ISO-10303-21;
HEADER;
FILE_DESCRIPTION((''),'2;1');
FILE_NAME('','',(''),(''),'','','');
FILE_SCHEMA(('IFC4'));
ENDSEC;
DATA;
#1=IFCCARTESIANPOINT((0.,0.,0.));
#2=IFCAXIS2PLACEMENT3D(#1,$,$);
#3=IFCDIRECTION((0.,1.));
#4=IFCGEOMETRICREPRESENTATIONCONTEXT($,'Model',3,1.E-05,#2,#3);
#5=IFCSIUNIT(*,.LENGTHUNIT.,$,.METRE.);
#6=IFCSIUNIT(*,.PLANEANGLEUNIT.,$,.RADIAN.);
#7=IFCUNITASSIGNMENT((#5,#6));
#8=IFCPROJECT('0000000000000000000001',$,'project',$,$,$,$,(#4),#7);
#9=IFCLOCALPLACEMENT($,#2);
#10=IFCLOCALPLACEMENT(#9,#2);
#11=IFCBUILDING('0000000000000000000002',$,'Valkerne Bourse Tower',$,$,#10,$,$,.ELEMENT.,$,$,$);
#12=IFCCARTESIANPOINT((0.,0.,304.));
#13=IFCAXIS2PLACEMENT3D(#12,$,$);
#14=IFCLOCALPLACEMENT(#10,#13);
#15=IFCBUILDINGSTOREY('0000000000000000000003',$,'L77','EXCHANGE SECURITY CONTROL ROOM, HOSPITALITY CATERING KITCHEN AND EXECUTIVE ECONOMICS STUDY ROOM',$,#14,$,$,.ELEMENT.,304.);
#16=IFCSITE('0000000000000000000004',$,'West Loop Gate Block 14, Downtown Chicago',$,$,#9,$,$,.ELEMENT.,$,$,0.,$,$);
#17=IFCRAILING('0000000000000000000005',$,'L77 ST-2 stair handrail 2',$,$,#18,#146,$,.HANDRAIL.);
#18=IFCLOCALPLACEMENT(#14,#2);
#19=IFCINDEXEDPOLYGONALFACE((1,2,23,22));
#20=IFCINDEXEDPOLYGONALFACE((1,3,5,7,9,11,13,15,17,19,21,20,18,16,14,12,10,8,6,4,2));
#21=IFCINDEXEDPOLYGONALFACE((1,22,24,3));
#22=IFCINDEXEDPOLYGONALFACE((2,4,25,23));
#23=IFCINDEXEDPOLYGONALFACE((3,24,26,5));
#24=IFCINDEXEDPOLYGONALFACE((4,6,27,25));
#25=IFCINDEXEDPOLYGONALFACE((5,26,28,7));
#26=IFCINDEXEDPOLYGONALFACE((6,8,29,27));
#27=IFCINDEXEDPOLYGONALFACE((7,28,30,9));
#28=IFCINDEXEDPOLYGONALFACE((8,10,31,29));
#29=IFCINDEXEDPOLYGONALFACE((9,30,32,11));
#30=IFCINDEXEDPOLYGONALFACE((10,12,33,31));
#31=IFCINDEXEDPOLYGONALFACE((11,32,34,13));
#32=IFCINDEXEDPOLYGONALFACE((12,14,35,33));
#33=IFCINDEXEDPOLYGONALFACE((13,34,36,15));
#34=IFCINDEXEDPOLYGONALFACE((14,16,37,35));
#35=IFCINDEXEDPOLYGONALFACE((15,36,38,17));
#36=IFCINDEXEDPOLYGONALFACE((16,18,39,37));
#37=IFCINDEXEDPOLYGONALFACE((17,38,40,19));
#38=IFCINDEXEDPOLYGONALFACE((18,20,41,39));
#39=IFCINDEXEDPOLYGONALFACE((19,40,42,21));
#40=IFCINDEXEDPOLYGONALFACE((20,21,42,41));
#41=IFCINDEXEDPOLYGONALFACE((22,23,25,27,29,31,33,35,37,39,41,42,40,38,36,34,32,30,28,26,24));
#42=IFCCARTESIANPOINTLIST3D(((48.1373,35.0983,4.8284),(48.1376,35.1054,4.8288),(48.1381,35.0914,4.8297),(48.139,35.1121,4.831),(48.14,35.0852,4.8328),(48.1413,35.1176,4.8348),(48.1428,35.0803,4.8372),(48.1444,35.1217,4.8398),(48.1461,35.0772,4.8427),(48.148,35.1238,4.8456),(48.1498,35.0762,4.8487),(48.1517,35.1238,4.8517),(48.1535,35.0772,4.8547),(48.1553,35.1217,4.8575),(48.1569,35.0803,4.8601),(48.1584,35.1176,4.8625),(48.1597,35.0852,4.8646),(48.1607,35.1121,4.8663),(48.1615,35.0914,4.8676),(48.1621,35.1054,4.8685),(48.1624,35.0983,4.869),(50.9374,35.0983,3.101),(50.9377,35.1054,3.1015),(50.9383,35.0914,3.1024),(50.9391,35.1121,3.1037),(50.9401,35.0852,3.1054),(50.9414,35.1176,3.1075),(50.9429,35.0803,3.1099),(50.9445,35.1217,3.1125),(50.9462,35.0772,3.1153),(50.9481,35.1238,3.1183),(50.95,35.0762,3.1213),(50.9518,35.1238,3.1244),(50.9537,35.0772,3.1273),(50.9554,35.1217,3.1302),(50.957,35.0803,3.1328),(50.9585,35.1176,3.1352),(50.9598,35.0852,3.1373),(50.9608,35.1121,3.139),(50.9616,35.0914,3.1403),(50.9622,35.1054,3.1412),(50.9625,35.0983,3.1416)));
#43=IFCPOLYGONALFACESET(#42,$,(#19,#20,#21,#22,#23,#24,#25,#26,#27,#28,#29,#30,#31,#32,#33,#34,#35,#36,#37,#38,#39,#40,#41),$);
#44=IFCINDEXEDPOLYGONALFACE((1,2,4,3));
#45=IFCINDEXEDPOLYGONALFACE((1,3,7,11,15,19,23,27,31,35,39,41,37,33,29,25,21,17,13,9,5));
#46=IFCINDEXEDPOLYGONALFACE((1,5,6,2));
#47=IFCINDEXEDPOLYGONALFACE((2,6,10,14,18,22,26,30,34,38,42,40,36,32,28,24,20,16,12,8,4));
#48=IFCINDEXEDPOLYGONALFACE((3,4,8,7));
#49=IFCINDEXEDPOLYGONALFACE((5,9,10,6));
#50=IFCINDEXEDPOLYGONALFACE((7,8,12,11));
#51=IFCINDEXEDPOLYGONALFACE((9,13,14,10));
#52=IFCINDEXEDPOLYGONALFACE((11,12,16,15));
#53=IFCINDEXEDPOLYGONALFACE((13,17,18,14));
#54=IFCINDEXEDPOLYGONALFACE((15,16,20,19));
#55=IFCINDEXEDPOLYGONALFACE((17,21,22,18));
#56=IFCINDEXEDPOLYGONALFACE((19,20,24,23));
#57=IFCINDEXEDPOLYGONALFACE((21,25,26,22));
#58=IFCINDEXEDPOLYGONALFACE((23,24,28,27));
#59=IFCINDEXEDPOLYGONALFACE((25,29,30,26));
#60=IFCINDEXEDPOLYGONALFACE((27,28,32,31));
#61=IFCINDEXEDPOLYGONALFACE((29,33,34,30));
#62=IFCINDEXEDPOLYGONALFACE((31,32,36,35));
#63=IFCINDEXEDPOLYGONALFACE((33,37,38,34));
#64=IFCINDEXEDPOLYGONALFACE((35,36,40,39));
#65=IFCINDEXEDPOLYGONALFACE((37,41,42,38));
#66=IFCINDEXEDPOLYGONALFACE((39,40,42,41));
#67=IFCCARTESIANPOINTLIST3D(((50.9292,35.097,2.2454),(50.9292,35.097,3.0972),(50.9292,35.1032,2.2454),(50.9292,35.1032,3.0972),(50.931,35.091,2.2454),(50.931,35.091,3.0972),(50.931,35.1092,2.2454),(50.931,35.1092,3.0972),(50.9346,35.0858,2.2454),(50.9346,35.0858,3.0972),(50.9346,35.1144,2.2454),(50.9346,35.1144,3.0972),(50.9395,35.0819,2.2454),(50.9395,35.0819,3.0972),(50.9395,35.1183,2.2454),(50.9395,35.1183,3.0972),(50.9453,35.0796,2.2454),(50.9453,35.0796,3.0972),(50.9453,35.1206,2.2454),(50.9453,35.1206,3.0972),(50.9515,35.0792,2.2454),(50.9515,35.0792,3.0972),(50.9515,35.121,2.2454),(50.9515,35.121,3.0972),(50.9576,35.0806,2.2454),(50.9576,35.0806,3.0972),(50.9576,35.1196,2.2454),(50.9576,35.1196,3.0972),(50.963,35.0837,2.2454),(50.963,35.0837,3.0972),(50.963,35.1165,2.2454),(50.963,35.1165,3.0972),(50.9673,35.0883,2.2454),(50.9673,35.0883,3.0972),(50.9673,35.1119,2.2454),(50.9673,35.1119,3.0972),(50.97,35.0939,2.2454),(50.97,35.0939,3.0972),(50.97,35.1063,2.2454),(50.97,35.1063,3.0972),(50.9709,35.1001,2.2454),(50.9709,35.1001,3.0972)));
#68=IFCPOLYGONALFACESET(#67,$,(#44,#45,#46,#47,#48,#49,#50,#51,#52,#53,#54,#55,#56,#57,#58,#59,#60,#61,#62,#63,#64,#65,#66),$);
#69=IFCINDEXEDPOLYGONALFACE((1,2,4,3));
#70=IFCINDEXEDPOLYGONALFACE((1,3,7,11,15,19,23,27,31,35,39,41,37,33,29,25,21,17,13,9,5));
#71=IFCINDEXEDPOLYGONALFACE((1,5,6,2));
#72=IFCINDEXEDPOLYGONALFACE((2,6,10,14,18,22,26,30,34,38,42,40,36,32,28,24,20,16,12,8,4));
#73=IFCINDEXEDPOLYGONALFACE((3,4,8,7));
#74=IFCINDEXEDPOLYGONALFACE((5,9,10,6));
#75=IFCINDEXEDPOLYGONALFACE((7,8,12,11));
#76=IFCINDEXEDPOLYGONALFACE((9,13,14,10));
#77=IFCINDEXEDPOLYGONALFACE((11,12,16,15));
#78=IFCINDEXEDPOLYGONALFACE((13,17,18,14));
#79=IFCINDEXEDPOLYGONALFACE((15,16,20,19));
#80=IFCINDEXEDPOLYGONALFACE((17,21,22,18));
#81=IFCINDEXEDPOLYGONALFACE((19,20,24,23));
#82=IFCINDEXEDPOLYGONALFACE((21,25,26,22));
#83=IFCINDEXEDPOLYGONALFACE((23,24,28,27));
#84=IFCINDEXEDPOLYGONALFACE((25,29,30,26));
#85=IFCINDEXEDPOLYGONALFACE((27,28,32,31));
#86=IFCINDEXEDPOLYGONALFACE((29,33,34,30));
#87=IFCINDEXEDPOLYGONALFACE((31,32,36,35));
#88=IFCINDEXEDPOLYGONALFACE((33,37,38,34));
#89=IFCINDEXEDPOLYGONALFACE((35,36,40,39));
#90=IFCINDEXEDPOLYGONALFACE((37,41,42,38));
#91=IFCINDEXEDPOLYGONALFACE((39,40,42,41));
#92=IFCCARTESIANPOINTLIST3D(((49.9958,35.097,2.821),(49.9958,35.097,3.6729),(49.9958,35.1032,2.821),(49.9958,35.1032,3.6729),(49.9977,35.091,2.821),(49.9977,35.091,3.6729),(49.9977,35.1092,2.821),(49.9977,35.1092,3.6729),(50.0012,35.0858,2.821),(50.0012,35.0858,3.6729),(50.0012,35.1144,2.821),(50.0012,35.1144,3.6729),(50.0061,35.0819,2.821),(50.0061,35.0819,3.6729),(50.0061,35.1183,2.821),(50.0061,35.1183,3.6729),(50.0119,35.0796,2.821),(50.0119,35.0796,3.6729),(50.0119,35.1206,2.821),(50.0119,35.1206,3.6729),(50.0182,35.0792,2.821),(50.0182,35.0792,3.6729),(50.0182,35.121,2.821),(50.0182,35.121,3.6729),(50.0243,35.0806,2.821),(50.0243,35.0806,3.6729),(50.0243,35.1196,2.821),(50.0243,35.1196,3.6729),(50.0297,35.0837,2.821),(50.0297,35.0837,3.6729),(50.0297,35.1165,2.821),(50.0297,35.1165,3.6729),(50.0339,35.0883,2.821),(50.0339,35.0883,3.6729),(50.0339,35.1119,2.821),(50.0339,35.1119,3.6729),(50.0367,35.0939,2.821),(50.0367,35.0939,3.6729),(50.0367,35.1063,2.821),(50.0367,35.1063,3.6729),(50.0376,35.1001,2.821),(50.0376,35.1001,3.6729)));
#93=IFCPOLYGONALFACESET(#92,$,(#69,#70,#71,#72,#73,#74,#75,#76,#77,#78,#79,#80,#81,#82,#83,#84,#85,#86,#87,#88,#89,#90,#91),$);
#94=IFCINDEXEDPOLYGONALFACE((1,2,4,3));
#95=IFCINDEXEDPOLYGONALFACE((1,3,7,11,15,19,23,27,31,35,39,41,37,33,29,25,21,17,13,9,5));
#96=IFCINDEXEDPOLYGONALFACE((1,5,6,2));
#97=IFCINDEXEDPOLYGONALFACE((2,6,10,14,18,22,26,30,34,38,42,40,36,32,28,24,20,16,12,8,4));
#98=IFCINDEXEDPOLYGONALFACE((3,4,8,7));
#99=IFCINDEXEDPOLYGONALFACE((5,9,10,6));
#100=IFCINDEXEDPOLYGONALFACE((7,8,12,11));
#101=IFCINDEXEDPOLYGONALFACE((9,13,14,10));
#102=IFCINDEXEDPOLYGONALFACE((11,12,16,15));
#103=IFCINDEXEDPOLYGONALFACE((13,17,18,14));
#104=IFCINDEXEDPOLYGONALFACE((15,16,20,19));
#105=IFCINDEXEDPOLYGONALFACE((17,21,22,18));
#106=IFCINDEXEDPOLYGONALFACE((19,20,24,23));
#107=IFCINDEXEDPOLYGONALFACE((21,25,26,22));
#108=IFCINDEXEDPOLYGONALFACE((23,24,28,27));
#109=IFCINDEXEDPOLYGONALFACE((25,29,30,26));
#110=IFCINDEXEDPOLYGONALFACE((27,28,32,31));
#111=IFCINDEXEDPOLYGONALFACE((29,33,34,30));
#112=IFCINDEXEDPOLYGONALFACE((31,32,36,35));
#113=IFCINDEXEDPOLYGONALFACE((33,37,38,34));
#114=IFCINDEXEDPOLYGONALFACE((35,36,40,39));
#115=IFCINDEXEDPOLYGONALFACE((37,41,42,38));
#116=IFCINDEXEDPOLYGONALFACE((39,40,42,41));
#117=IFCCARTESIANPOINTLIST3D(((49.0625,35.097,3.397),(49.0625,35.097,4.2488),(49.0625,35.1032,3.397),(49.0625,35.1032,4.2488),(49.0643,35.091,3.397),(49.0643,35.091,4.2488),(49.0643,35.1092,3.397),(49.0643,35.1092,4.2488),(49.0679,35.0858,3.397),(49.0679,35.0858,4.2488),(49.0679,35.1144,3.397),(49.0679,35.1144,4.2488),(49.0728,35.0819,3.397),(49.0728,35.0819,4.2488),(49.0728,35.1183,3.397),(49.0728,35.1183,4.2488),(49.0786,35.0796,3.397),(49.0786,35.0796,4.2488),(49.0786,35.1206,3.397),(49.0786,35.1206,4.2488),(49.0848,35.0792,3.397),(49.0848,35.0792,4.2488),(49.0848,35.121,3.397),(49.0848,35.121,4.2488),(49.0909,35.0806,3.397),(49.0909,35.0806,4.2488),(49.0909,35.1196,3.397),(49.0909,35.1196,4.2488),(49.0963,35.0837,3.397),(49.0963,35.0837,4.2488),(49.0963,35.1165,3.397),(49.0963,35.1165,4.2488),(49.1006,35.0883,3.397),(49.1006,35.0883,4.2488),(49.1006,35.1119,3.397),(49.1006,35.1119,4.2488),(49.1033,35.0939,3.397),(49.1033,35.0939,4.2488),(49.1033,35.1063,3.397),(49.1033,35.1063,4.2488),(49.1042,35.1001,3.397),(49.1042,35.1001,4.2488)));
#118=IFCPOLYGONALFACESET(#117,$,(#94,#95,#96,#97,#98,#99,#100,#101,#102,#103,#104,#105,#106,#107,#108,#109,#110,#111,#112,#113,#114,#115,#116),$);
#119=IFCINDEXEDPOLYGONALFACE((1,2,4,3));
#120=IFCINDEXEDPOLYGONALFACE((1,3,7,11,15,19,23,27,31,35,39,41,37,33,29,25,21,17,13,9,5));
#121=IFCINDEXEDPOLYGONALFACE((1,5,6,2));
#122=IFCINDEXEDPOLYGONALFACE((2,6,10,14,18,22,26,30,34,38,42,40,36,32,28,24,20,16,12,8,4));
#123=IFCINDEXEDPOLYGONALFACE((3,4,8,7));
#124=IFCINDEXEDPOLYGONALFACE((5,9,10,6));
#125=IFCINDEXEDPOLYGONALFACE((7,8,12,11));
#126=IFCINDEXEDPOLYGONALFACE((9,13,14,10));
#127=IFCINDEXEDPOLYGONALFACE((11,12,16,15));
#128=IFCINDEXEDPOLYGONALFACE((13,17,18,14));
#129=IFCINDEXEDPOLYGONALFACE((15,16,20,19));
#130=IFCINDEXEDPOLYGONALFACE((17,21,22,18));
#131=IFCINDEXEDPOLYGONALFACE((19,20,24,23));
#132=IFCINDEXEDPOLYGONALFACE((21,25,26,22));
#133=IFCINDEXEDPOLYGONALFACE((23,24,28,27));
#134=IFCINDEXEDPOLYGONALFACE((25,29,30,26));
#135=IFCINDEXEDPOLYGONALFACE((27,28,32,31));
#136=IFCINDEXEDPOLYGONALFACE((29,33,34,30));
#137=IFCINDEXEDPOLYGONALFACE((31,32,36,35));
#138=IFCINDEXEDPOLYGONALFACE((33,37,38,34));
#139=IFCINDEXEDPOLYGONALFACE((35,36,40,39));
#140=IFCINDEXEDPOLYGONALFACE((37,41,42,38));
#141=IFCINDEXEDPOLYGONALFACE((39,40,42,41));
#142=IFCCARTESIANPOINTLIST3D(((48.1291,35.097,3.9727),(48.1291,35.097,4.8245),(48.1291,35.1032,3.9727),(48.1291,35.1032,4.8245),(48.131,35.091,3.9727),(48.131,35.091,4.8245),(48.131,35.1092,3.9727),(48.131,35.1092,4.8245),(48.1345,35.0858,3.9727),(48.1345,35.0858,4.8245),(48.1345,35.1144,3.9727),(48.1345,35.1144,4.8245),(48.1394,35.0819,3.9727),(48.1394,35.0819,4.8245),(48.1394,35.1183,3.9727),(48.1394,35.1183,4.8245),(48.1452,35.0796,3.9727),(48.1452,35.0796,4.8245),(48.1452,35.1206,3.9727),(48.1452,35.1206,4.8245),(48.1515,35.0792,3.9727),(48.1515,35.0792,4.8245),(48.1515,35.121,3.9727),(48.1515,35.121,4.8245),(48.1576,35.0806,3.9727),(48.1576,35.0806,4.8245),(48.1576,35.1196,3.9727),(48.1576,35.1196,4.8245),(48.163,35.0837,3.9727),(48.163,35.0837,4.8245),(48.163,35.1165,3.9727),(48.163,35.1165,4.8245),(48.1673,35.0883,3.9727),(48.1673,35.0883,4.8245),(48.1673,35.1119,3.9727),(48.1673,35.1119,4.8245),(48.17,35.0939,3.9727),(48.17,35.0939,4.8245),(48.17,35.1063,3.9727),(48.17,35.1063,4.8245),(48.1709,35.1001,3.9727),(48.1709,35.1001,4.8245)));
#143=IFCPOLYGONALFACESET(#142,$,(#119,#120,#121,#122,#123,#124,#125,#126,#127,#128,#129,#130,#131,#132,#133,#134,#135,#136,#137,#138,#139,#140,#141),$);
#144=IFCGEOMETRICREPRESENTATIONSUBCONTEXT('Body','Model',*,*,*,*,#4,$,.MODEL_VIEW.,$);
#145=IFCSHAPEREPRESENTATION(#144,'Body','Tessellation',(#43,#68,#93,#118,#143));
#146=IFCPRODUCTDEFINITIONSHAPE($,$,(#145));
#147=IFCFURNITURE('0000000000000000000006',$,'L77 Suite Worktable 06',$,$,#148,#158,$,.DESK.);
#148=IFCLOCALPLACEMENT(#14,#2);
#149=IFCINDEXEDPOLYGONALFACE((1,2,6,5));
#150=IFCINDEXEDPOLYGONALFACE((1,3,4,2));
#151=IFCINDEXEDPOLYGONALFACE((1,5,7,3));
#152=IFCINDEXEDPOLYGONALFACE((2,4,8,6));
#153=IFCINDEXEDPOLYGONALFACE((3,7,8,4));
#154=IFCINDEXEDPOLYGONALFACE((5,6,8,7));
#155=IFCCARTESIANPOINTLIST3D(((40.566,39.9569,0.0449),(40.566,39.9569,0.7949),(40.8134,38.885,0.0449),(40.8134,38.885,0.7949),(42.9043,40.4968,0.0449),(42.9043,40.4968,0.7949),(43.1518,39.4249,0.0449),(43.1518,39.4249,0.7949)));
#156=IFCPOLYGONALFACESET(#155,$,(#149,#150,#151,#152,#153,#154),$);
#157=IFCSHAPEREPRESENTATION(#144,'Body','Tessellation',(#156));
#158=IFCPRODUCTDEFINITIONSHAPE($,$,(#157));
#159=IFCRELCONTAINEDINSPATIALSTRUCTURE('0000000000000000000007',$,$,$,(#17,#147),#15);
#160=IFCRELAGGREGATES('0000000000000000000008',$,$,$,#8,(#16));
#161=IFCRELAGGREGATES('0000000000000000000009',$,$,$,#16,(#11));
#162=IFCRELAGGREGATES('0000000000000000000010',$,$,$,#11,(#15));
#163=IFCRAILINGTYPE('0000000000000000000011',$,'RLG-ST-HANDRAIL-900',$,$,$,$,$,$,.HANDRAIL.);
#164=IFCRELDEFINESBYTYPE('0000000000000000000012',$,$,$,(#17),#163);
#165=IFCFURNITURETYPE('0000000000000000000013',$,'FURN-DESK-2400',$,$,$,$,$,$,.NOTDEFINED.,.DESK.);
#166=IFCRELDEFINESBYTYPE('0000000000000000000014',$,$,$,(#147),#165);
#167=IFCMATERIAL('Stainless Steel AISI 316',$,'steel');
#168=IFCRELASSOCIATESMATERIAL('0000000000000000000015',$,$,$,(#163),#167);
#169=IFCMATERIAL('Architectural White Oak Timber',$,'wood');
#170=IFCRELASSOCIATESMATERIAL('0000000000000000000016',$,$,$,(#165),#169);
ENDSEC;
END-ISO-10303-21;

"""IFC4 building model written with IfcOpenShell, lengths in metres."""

from ifc_helpers import new_model, si_unit, direction, frame, origin, origin_2d, place, context, subcontext, project, spatial, rectangle, circle, extrude, material, type_object, element, save


model = new_model("IFC4")

# Units and contexts
model_context = context("Model", 3, precision=1e-05, world=origin(), true_north=direction((0.0, 1.0)))
body_context = subcontext(model_context, "Body", "Model", "MODEL_VIEW")
ifc_project = project(units=[si_unit("LENGTHUNIT", "METRE"), si_unit("PLANEANGLEUNIT", "RADIAN")], contexts=[model_context])

# Site, building, storey
site_placement = place(None, origin())
site = spatial("IfcSite", under=ifc_project, at=site_placement, Name="West Loop Gate Block 14, Downtown Chicago", CompositionType="ELEMENT", RefElevation=0.0)
building_placement = place(site_placement, origin())
building = spatial("IfcBuilding", under=site, at=building_placement, Name="Valkerne Bourse Tower", CompositionType="ELEMENT")
storey_placement = place(building_placement, frame((0.0, 0.0, 304.0)))
storey = spatial("IfcBuildingStorey", under=building, at=storey_placement, Name="L77", Description="EXCHANGE SECURITY CONTROL ROOM, HOSPITALITY CATERING KITCHEN AND EXECUTIVE ECONOMICS STUDY ROOM", CompositionType="ELEMENT", Elevation=304.0)

# Railing
ifc_material_1 = material(Name="Stainless Steel AISI 316", Category="steel")
railing_type_1 = type_object("IfcRailingType", Name="RLG-ST-HANDRAIL-900", PredefinedType="HANDRAIL", material=ifc_material_1)
railing_1_placement = place(storey_placement, frame((50.95, 35.1001, 2.2454)))
element("IfcRailing", 1, at=railing_1_placement, inside=storey, type_object=railing_type_1, Name="L77 ST-2 stair handrail 2", PredefinedType="HANDRAIL", context=body_context, shape_type="SweptSolid", body=[
    extrude(circle(Radius=0.0239, at=origin_2d()), frame((0.0, 0.0, 0.876), z_axis=(-0.85109, 0.0, 0.52502), x_axis=(0.0, -1.0, 0.0)), (0.0, 0.0, 1.0), 3.29),
    extrude(circle(Radius=0.021, at=origin_2d()), origin(), (0.0, 0.0, 1.0), 0.8518),
    extrude(circle(Radius=0.021, at=origin_2d()), frame((-0.9333, 0.0, 0.5757)), (0.0, 0.0, 1.0), 0.8518),
    extrude(circle(Radius=0.021, at=origin_2d()), frame((-1.8667, 0.0, 1.1516)), (0.0, 0.0, 1.0), 0.8518),
    extrude(circle(Radius=0.021, at=origin_2d()), frame((-2.8, 0.0, 1.7273)), (0.0, 0.0, 1.0), 0.8518),
])

# Furniture
ifc_material_2 = material(Name="Architectural White Oak Timber", Category="wood")
furniture_type = type_object("IfcFurnitureType", Name="FURN-DESK-2400", AssemblyPlace="NOTDEFINED", PredefinedType="DESK", material=ifc_material_2)
furniture_placement = place(storey_placement, frame((41.8589, 39.6909, 0.0449), z_axis=(0.0, 0.0, 1.0), x_axis=(0.97437, 0.224951, 0.0)))
element("IfcFurniture", 2, at=furniture_placement, inside=storey, type_object=furniture_type, Name="L77 Suite Worktable 06", PredefinedType="DESK", context=body_context, shape_type="SweptSolid", body=[
    extrude(rectangle(XDim=2.3999, YDim=1.1001, at=origin_2d()), origin(), (0.0, 0.0, 1.0), 0.75),
])

save(model, "model.ifc")
